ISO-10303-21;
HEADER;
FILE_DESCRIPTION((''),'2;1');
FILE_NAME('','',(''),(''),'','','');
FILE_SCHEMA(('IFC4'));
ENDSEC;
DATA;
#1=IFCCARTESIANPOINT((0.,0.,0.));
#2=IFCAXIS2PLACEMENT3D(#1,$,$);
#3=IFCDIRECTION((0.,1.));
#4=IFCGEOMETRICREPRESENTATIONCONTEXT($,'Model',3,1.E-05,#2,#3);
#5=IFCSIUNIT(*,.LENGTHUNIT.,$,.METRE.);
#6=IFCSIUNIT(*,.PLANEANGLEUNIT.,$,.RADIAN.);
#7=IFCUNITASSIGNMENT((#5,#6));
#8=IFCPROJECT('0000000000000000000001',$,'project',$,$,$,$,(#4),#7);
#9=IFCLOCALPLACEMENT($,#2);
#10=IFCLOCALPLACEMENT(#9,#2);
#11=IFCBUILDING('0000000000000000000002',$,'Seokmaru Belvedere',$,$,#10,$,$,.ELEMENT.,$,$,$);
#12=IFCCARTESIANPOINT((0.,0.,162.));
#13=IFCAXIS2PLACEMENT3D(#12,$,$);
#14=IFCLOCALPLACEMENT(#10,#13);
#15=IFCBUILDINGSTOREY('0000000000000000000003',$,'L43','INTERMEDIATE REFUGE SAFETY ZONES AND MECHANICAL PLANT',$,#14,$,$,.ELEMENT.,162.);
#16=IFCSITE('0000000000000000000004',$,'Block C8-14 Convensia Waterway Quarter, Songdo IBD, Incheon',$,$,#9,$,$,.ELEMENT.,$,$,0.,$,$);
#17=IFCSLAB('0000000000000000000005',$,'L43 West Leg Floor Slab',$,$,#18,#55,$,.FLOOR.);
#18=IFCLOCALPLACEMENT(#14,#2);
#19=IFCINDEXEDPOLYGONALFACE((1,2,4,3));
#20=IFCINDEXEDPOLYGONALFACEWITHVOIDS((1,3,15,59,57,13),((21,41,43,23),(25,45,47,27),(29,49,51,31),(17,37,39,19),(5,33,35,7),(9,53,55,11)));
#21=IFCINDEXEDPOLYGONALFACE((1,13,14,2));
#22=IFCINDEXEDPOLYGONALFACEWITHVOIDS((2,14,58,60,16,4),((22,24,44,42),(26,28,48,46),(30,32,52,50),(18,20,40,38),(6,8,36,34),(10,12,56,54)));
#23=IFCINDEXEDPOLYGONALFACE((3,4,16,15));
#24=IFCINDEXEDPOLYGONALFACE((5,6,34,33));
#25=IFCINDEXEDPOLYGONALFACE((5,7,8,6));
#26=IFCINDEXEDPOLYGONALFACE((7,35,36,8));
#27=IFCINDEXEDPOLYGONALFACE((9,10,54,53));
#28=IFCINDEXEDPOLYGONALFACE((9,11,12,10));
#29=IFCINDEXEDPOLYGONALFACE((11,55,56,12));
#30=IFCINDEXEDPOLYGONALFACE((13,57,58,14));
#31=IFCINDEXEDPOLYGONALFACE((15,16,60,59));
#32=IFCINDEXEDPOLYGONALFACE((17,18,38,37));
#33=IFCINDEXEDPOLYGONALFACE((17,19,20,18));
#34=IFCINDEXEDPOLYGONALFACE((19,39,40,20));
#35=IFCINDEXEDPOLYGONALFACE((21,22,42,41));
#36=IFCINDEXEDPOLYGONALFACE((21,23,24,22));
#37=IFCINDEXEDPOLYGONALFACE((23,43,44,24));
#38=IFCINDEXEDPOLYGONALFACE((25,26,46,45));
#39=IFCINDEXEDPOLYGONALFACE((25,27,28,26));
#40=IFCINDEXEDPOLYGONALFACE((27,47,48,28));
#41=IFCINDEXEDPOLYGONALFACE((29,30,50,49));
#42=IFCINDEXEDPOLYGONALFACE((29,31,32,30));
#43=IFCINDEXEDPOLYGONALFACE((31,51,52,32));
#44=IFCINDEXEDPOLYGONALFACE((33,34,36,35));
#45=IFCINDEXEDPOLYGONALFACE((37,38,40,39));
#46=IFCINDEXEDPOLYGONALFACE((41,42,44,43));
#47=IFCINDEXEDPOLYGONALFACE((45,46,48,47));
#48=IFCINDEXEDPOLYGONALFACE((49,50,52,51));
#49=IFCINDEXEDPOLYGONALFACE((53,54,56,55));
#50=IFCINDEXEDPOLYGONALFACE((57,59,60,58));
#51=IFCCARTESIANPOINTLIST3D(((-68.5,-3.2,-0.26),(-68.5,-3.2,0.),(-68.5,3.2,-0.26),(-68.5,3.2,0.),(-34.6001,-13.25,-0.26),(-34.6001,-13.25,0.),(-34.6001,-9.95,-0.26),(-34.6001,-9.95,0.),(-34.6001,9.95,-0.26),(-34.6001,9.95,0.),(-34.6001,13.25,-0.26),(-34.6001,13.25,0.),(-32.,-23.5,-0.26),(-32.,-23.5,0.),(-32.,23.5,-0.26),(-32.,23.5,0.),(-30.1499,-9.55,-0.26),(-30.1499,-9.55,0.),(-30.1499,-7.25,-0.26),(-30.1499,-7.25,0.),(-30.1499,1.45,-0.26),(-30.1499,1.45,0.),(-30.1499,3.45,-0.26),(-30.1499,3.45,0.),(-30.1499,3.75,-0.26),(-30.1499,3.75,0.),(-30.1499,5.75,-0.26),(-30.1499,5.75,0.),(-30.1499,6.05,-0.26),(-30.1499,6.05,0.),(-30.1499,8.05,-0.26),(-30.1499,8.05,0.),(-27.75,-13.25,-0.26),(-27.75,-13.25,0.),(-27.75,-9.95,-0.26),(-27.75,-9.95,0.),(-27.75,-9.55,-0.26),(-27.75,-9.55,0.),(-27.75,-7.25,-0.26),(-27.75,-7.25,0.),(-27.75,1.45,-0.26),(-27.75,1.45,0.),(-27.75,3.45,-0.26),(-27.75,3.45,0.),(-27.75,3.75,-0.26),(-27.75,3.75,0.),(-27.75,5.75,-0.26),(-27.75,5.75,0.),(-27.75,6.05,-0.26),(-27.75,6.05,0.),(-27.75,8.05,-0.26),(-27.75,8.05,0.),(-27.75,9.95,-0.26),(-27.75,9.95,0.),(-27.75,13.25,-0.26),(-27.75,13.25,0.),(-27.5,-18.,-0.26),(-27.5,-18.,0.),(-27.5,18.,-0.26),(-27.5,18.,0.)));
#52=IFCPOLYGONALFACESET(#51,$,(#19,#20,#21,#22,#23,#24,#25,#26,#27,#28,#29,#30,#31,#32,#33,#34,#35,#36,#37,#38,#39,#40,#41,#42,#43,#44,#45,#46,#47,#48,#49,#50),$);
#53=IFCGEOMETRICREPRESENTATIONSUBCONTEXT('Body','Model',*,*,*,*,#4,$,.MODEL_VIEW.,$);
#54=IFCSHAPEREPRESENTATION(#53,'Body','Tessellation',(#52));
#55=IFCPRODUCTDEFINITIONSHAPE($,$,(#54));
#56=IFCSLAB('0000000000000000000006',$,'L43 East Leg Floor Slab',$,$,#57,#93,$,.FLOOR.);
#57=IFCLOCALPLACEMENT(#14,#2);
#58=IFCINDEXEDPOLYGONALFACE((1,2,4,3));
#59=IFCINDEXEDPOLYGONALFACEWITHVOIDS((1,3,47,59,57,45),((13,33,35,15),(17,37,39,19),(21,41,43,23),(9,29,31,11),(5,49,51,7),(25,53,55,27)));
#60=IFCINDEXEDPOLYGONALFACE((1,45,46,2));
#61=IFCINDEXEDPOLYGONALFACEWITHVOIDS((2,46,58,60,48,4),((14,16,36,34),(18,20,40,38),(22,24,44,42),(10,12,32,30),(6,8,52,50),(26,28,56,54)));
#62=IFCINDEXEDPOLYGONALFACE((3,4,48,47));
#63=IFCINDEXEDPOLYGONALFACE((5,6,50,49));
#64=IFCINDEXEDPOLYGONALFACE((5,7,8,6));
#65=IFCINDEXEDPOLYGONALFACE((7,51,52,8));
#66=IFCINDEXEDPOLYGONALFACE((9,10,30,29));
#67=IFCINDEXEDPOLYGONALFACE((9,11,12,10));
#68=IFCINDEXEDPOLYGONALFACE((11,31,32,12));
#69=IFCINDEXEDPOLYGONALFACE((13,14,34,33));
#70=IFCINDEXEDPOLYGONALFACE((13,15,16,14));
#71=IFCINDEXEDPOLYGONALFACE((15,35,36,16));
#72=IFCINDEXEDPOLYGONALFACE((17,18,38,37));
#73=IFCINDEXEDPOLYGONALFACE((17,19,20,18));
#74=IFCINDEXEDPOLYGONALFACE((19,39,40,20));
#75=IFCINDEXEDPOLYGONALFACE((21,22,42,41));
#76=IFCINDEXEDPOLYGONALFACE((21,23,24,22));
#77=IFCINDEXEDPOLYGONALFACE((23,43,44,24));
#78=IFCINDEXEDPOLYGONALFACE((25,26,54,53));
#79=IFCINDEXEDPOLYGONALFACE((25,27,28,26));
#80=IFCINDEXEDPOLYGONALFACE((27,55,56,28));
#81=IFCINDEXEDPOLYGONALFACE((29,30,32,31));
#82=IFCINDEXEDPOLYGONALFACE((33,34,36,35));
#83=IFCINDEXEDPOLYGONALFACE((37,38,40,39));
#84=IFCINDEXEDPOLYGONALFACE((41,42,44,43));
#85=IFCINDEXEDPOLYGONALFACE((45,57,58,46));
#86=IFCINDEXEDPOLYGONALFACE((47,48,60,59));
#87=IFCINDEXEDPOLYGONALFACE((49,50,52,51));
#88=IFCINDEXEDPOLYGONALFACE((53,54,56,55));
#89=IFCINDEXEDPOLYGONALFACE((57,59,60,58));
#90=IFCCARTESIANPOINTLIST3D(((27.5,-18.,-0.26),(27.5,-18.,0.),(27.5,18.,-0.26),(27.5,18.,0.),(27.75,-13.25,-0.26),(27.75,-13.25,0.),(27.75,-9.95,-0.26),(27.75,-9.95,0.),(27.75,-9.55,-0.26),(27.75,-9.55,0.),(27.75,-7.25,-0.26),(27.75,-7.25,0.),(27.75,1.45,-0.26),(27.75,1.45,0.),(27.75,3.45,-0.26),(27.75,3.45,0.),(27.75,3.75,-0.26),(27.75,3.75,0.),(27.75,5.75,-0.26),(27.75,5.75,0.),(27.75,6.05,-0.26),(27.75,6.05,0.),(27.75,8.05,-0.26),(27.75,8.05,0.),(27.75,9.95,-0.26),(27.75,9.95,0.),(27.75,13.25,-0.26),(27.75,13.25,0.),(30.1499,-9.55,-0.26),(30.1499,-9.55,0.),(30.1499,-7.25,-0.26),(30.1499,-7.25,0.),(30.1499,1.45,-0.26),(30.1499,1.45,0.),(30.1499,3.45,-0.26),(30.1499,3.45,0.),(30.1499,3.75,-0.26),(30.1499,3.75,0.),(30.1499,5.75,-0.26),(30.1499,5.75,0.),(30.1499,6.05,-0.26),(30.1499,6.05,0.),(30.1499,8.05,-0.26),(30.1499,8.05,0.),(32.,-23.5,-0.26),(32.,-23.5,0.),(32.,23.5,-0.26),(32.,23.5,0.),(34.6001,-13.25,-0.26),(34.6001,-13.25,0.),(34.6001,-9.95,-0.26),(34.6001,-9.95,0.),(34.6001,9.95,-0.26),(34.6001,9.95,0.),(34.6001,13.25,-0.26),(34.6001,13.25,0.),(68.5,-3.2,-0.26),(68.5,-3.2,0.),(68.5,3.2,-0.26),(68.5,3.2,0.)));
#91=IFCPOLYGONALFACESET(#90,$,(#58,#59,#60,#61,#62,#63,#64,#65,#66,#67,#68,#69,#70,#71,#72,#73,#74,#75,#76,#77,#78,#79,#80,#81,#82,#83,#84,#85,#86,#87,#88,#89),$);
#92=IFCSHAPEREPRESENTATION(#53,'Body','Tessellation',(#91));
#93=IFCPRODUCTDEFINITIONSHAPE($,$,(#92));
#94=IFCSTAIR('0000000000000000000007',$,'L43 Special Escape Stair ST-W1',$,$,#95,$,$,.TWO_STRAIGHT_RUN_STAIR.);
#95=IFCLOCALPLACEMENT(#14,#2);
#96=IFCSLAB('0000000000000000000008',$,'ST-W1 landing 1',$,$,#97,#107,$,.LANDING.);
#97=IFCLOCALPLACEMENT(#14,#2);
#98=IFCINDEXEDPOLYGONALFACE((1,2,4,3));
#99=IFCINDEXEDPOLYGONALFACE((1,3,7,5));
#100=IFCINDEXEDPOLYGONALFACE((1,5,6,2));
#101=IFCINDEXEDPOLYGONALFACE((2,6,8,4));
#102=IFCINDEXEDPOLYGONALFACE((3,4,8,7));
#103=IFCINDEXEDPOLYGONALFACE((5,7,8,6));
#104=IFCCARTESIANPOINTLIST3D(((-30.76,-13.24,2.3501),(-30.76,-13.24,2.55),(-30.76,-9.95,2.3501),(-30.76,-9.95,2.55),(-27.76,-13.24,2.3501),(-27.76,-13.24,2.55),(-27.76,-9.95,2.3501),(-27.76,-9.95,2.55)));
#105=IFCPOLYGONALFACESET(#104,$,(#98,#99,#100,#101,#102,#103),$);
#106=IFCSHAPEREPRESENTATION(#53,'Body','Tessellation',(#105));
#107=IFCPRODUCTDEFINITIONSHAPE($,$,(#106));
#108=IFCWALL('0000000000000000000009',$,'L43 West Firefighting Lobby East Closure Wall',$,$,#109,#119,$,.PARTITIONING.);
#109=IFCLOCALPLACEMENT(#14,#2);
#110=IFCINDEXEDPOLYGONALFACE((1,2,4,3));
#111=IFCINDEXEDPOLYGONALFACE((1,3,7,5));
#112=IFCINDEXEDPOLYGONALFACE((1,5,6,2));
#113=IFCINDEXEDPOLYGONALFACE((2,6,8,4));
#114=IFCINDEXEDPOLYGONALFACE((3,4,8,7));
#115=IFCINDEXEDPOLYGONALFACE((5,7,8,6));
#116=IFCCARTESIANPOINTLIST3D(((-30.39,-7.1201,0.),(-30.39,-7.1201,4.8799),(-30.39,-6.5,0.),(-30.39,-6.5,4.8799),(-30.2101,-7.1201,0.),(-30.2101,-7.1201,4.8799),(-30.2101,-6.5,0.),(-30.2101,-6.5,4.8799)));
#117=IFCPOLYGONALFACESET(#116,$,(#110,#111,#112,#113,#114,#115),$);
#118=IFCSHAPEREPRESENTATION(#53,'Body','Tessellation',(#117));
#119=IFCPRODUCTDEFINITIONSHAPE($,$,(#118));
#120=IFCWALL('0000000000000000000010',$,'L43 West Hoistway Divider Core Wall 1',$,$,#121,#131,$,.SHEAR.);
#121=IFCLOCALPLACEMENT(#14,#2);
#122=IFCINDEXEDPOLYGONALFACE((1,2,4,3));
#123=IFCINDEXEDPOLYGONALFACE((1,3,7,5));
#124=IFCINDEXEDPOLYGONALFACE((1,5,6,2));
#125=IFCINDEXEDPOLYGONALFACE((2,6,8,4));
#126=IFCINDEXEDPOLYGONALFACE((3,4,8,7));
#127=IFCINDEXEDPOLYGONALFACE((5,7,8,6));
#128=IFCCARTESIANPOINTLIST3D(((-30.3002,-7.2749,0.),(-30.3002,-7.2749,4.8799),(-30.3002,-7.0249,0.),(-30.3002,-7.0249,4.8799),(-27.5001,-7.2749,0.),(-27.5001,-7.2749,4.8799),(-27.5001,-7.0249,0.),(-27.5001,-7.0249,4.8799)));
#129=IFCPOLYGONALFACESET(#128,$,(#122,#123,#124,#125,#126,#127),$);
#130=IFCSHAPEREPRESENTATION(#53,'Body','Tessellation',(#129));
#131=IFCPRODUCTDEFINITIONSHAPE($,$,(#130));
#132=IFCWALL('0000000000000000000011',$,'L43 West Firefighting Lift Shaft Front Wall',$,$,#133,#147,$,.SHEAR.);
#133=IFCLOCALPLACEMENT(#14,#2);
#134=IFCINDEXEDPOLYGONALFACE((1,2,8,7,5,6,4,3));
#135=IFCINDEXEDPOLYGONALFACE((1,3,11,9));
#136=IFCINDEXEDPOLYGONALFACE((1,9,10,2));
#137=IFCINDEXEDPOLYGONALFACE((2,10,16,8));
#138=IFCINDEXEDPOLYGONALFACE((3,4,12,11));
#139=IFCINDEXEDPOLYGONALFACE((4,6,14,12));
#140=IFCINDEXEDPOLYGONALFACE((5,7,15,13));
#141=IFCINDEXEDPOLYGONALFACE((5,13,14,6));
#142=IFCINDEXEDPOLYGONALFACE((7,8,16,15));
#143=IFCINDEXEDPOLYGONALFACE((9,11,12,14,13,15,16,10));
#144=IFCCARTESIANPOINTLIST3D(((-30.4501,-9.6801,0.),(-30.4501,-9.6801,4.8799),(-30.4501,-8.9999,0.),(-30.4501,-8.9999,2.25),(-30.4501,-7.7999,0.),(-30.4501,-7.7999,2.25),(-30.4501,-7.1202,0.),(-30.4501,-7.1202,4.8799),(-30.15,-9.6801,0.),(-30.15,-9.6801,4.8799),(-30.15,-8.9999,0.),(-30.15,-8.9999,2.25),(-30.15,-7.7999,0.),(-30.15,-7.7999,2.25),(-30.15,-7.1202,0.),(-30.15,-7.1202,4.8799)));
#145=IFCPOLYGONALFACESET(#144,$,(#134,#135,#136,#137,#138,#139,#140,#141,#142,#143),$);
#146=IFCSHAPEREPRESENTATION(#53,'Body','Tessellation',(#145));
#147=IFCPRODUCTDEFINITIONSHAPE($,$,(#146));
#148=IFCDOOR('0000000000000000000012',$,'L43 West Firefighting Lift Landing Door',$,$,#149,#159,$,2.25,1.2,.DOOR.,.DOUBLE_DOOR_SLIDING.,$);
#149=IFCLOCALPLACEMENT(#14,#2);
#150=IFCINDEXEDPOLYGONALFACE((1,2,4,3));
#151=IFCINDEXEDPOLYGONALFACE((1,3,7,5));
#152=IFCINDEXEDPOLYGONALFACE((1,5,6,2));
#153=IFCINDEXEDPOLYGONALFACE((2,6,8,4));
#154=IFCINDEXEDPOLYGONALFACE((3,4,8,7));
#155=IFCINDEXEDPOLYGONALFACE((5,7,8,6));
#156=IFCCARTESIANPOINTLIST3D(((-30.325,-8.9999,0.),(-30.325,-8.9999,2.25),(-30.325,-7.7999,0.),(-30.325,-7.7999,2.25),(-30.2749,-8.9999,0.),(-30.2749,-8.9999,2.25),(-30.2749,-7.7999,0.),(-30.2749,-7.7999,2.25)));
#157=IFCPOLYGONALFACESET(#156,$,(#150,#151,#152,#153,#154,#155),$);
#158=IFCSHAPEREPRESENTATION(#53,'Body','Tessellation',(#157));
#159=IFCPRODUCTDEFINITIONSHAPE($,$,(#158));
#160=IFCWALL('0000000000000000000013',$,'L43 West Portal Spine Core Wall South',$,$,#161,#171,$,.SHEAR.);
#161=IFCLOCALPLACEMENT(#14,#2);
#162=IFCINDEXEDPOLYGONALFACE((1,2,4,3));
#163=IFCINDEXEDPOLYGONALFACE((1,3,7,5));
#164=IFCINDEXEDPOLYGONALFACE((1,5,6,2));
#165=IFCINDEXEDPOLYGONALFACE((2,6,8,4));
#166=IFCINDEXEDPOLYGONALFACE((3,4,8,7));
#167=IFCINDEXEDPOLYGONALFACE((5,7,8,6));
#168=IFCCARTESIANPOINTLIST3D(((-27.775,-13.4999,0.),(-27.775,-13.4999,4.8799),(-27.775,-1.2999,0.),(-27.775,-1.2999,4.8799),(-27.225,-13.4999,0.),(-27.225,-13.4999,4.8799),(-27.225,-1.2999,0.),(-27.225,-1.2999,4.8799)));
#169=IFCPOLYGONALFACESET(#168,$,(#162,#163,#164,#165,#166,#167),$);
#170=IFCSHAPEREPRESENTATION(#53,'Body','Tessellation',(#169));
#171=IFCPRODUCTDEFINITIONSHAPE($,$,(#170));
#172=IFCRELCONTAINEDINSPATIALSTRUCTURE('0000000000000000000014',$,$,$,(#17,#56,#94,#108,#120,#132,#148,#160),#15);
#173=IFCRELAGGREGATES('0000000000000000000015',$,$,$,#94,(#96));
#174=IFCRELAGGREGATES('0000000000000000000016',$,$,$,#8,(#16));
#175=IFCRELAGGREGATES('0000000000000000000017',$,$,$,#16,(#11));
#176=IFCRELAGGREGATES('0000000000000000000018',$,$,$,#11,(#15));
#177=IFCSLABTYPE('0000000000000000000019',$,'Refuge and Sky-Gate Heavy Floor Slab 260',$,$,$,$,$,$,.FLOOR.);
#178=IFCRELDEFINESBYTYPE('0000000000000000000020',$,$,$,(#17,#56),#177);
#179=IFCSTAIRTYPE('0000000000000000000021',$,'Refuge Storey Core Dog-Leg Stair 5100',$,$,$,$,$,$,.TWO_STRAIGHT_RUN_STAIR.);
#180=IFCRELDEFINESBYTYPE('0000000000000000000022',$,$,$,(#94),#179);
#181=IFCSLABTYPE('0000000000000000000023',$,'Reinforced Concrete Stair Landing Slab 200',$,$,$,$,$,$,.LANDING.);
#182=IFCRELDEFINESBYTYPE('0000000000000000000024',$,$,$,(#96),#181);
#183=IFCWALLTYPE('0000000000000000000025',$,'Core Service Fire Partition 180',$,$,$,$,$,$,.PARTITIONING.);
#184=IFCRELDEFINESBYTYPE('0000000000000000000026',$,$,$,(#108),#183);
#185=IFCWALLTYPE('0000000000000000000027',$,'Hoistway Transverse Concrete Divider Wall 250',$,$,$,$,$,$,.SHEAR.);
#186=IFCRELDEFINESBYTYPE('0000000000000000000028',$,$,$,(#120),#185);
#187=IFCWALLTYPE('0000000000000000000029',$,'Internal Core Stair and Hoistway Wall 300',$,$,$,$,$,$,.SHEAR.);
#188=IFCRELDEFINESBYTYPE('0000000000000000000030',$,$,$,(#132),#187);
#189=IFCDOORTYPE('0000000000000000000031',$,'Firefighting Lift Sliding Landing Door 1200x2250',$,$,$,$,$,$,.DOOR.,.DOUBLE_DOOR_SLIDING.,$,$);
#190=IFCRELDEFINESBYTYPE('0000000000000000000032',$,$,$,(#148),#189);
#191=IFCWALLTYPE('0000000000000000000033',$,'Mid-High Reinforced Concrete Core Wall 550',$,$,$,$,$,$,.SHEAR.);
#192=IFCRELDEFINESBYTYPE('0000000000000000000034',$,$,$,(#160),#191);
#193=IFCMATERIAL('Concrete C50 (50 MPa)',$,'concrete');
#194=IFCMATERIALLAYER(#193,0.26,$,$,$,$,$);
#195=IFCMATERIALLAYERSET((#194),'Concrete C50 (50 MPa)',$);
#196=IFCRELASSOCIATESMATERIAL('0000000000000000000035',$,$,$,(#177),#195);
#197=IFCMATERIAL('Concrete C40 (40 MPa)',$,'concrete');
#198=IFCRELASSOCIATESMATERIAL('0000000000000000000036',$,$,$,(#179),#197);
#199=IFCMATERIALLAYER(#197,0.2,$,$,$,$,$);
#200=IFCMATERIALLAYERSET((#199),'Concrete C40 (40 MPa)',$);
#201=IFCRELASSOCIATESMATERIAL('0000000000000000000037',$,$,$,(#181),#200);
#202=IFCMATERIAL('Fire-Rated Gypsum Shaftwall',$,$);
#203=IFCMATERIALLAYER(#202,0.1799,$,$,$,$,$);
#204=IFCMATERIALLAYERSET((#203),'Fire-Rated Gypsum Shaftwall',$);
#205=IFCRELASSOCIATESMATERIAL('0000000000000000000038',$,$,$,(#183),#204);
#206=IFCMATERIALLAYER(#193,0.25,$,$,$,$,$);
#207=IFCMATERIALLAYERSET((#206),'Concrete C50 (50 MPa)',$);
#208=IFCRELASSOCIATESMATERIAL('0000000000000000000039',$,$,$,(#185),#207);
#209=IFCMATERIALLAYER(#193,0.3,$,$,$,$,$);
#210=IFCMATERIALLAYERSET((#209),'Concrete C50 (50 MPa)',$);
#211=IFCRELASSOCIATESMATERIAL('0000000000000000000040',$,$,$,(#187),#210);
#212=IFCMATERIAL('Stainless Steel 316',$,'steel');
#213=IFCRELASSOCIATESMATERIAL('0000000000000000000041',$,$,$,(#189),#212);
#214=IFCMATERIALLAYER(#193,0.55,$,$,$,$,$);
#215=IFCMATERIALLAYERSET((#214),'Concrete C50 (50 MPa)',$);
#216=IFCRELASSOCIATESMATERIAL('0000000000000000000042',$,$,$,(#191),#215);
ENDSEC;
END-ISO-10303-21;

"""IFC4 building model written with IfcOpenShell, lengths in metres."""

from ifc_helpers import new_model, si_unit, direction, frame, frame_2d, origin, place, context, subcontext, project, spatial, polyline, rectangle, outline, extrude, source, transform, mapped, material, layer, layer_set, type_object, type_shapes, element, fill, aggregate, save


model = new_model("IFC4")

# Units and contexts
model_context = context("Model", 3, precision=1e-05, world=origin(), true_north=direction((0.0, 1.0)))
body_context = subcontext(model_context, "Body", "Model", "MODEL_VIEW")
ifc_project = project(units=[si_unit("LENGTHUNIT", "METRE"), si_unit("PLANEANGLEUNIT", "RADIAN")], contexts=[model_context])

# Site, building, storey
site_placement = place(None, origin())
site = spatial("IfcSite", under=ifc_project, at=site_placement, Name="Block C8-14 Convensia Waterway Quarter, Songdo IBD, Incheon", CompositionType="ELEMENT", RefElevation=0.0)
building_placement = place(site_placement, origin())
building = spatial("IfcBuilding", under=site, at=building_placement, Name="Seokmaru Belvedere", CompositionType="ELEMENT")
storey_placement = place(building_placement, frame((0.0, 0.0, 162.0)))
storey = spatial("IfcBuildingStorey", under=building, at=storey_placement, Name="L43", Description="INTERMEDIATE REFUGE SAFETY ZONES AND MECHANICAL PLANT", CompositionType="ELEMENT", Elevation=162.0)

# Slabs
ifc_material_1 = material(Name="Concrete C50 (50 MPa)", Category="concrete")
ifc_layer_1 = layer(ifc_material_1, 0.26)
ifc_layer_set_1 = layer_set([ifc_layer_1], Name="Concrete C50 (50 MPa)")
slab_type_1 = type_object("IfcSlabType", Name="Refuge and Sky-Gate Heavy Floor Slab 260", PredefinedType="FLOOR", material=ifc_layer_set_1)
slab_1_placement = place(storey_placement, frame((0.0, 0.0, -0.26)))
element("IfcSlab", 1, at=slab_1_placement, inside=storey, type_object=slab_type_1, Name="L43 West Leg Floor Slab", PredefinedType="FLOOR", context=body_context, shape_type="SweptSolid", body=[
    extrude(outline(polyline([(-27.5, -18.0), (-27.5, 18.0), (-32.0, 23.5), (-68.5, 3.2), (-68.5, -3.2), (-32.0, -23.5), (-27.5, -18.0)]), holes=[polyline([(-34.6001, -13.25), (-27.75, -13.25), (-27.75, -9.95), (-34.6001, -9.95), (-34.6001, -13.25)]), polyline([(-34.6001, 9.95), (-27.75, 9.95), (-27.75, 13.25), (-34.6001, 13.25), (-34.6001, 9.95)]), polyline([(-30.1499, -9.55), (-27.75, -9.55), (-27.75, -7.25), (-30.1499, -7.25), (-30.1499, -9.55)]), polyline([(-30.1499, 1.45), (-27.75, 1.45), (-27.75, 3.45), (-30.1499, 3.45), (-30.1499, 1.45)]), polyline([(-30.1499, 3.75), (-27.75, 3.75), (-27.75, 5.75), (-30.1499, 5.75), (-30.1499, 3.75)]), polyline([(-30.1499, 6.05), (-27.75, 6.05), (-27.75, 8.05), (-30.1499, 8.05), (-30.1499, 6.05)])]), origin(), (0.0, 0.0, 1.0), 0.26),
])
slab_2_placement = place(storey_placement, frame((0.0, 0.0, -0.26)))
element("IfcSlab", 2, at=slab_2_placement, inside=storey, type_object=slab_type_1, Name="L43 East Leg Floor Slab", PredefinedType="FLOOR", context=body_context, shape_type="SweptSolid", body=[
    extrude(outline(polyline([(32.0, -23.5), (68.5, -3.2), (68.5, 3.2), (32.0, 23.5), (27.5, 18.0), (27.5, -18.0), (32.0, -23.5)]), holes=[polyline([(27.75, -13.25), (34.6001, -13.25), (34.6001, -9.95), (27.75, -9.95), (27.75, -13.25)]), polyline([(27.75, 9.95), (34.6001, 9.95), (34.6001, 13.25), (27.75, 13.25), (27.75, 9.95)]), polyline([(27.75, -9.55), (30.1499, -9.55), (30.1499, -7.25), (27.75, -7.25), (27.75, -9.55)]), polyline([(27.75, 1.45), (30.1499, 1.45), (30.1499, 3.45), (27.75, 3.45), (27.75, 1.45)]), polyline([(27.75, 3.75), (30.1499, 3.75), (30.1499, 5.75), (27.75, 5.75), (27.75, 3.75)]), polyline([(27.75, 6.05), (30.1499, 6.05), (30.1499, 8.05), (27.75, 8.05), (27.75, 6.05)])]), origin(), (0.0, 0.0, 1.0), 0.26),
])

# Stair, slab
ifc_material_2 = material(Name="Concrete C40 (40 MPa)", Category="concrete")
stair_type = type_object("IfcStairType", Name="Refuge Storey Core Dog-Leg Stair 5100", PredefinedType="TWO_STRAIGHT_RUN_STAIR", material=ifc_material_2)
stair_placement = place(storey_placement, origin())
stair = element("IfcStair", 3, at=stair_placement, inside=storey, type_object=stair_type, Name="L43 Special Escape Stair ST-W1", PredefinedType="TWO_STRAIGHT_RUN_STAIR")
ifc_layer_2 = layer(ifc_material_2, 0.2)
ifc_layer_set_2 = layer_set([ifc_layer_2], Name="Concrete C40 (40 MPa)")
slab_type_2 = type_object("IfcSlabType", Name="Reinforced Concrete Stair Landing Slab 200", PredefinedType="LANDING", material=ifc_layer_set_2)
slab_3_placement = place(storey_placement, frame((0.0, 0.0, 2.3501)))
slab_3 = element("IfcSlab", 4, at=slab_3_placement, type_object=slab_type_2, Name="ST-W1 landing 1", PredefinedType="LANDING", context=body_context, shape_type="SweptSolid", body=[
    extrude(outline(polyline([(-30.76, -13.24), (-27.76, -13.24), (-27.76, -9.95), (-30.76, -9.95), (-30.76, -13.24)])), origin(), (0.0, 0.0, 1.0), 0.2),
])

# Walls
ifc_material_3 = material(Name="Fire-Rated Gypsum Shaftwall")
ifc_layer_3 = layer(ifc_material_3, 0.1799)
ifc_layer_set_3 = layer_set([ifc_layer_3], Name="Fire-Rated Gypsum Shaftwall")
wall_type_1 = type_object("IfcWallType", Name="Core Service Fire Partition 180", PredefinedType="PARTITIONING", material=ifc_layer_set_3)
wall_1_placement = place(storey_placement, frame((-30.3, -7.1201, 0.0), z_axis=(0.0, 0.0, 1.0), x_axis=(0.0, 1.0, 0.0)))
element("IfcWall", 5, at=wall_1_placement, inside=storey, type_object=wall_type_1, Name="L43 West Firefighting Lobby East Closure Wall", PredefinedType="PARTITIONING", context=body_context, shape_type="SweptSolid", body=[
    extrude(rectangle(XDim=0.6201, YDim=0.1799, at=frame_2d((0.3101, 0.0))), origin(), (0.0, 0.0, 1.0), 4.8799),
])
ifc_layer_4 = layer(ifc_material_1, 0.25)
ifc_layer_set_4 = layer_set([ifc_layer_4], Name="Concrete C50 (50 MPa)")
wall_type_2 = type_object("IfcWallType", Name="Hoistway Transverse Concrete Divider Wall 250", PredefinedType="SHEAR", material=ifc_layer_set_4)
wall_2_placement = place(storey_placement, frame((-30.3, -7.1499, 0.0), z_axis=(0.0, 0.0, 1.0), x_axis=(1.0, 0.0, 0.0)))
element("IfcWall", 6, at=wall_2_placement, inside=storey, type_object=wall_type_2, Name="L43 West Hoistway Divider Core Wall 1", PredefinedType="SHEAR", context=body_context, shape_type="SweptSolid", body=[
    extrude(rectangle(XDim=2.8, YDim=0.25, at=frame_2d((1.3999, 0.0))), origin(), (0.0, 0.0, 1.0), 4.8799),
])

# Wall, opening, door
ifc_layer_5 = layer(ifc_material_1, 0.3)
ifc_layer_set_5 = layer_set([ifc_layer_5], Name="Concrete C50 (50 MPa)")
wall_type_3 = type_object("IfcWallType", Name="Internal Core Stair and Hoistway Wall 300", PredefinedType="SHEAR", material=ifc_layer_set_5)
wall_3_placement = place(storey_placement, frame((-30.3, -9.6799, 0.0), z_axis=(0.0, 0.0, 1.0), x_axis=(0.0, 1.0, 0.0)))
wall_3 = element("IfcWall", 7, at=wall_3_placement, inside=storey, type_object=wall_type_3, Name="L43 West Firefighting Lift Shaft Front Wall", PredefinedType="SHEAR", context=body_context, shape_type="SweptSolid", body=[
    extrude(rectangle(XDim=2.5598, YDim=0.3, at=frame_2d((1.2798, 0.0))), origin(), (0.0, 0.0, 1.0), 4.8799),
])
opening_placement = place(wall_3_placement, frame((0.6799, 0.0, 0.0)))
opening = element("IfcOpeningElement", 8, at=opening_placement, cuts=wall_3, PredefinedType="OPENING", context=body_context, shape_type="SweptSolid", body=[
    extrude(rectangle(XDim=1.2, YDim=2.25, at=frame_2d((0.6001, 1.125))), frame((0.0, 0.1602, 0.0), z_axis=(0.0, -1.0, 0.0), x_axis=(1.0, 0.0, 0.0)), (0.0, 0.0, 1.0), 0.3201),
])
ifc_material_4 = material(Name="Stainless Steel 316", Category="steel")
door_type = type_object("IfcDoorType", Name="Firefighting Lift Sliding Landing Door 1200x2250", OperationType="DOUBLE_DOOR_SLIDING", PredefinedType="DOOR", material=ifc_material_4)
shared_shape_1 = source(origin(), body_context, "Body", "SweptSolid", [
    extrude(rectangle(XDim=1.2, YDim=2.25, at=frame_2d((0.6001, 1.125))), frame((0.0, 0.0249, 0.0), z_axis=(0.0, -1.0, 0.0), x_axis=(1.0, 0.0, 0.0)), (0.0, 0.0, 1.0), 0.05),
])
type_shapes(door_type, [shared_shape_1])
door_placement = place(opening_placement, origin())
door = element("IfcDoor", 9, at=door_placement, inside=storey, type_object=door_type, Name="L43 West Firefighting Lift Landing Door", OperationType="DOUBLE_DOOR_SLIDING", OverallHeight=2.25, OverallWidth=1.2, PredefinedType="DOOR", context=body_context, shape_type="MappedRepresentation", body=[
    mapped(shared_shape_1, transform((0.0, 0.0, 0.0), scale=1.0)),
])
fill(opening, door)

# Wall
ifc_layer_6 = layer(ifc_material_1, 0.55)
ifc_layer_set_6 = layer_set([ifc_layer_6], Name="Concrete C50 (50 MPa)")
wall_type_4 = type_object("IfcWallType", Name="Mid-High Reinforced Concrete Core Wall 550", PredefinedType="SHEAR", material=ifc_layer_set_6)
wall_4_placement = place(storey_placement, frame((-27.5, -13.5, 0.0), z_axis=(0.0, 0.0, 1.0), x_axis=(0.0, 1.0, 0.0)))
element("IfcWall", 10, at=wall_4_placement, inside=storey, type_object=wall_type_4, Name="L43 West Portal Spine Core Wall South", PredefinedType="SHEAR", context=body_context, shape_type="SweptSolid", body=[
    extrude(rectangle(XDim=12.2, YDim=0.55, at=frame_2d((6.1001, 0.0))), origin(), (0.0, 0.0, 1.0), 4.8799),
])

aggregate(stair, [slab_3])

save(model, "model.ifc")
